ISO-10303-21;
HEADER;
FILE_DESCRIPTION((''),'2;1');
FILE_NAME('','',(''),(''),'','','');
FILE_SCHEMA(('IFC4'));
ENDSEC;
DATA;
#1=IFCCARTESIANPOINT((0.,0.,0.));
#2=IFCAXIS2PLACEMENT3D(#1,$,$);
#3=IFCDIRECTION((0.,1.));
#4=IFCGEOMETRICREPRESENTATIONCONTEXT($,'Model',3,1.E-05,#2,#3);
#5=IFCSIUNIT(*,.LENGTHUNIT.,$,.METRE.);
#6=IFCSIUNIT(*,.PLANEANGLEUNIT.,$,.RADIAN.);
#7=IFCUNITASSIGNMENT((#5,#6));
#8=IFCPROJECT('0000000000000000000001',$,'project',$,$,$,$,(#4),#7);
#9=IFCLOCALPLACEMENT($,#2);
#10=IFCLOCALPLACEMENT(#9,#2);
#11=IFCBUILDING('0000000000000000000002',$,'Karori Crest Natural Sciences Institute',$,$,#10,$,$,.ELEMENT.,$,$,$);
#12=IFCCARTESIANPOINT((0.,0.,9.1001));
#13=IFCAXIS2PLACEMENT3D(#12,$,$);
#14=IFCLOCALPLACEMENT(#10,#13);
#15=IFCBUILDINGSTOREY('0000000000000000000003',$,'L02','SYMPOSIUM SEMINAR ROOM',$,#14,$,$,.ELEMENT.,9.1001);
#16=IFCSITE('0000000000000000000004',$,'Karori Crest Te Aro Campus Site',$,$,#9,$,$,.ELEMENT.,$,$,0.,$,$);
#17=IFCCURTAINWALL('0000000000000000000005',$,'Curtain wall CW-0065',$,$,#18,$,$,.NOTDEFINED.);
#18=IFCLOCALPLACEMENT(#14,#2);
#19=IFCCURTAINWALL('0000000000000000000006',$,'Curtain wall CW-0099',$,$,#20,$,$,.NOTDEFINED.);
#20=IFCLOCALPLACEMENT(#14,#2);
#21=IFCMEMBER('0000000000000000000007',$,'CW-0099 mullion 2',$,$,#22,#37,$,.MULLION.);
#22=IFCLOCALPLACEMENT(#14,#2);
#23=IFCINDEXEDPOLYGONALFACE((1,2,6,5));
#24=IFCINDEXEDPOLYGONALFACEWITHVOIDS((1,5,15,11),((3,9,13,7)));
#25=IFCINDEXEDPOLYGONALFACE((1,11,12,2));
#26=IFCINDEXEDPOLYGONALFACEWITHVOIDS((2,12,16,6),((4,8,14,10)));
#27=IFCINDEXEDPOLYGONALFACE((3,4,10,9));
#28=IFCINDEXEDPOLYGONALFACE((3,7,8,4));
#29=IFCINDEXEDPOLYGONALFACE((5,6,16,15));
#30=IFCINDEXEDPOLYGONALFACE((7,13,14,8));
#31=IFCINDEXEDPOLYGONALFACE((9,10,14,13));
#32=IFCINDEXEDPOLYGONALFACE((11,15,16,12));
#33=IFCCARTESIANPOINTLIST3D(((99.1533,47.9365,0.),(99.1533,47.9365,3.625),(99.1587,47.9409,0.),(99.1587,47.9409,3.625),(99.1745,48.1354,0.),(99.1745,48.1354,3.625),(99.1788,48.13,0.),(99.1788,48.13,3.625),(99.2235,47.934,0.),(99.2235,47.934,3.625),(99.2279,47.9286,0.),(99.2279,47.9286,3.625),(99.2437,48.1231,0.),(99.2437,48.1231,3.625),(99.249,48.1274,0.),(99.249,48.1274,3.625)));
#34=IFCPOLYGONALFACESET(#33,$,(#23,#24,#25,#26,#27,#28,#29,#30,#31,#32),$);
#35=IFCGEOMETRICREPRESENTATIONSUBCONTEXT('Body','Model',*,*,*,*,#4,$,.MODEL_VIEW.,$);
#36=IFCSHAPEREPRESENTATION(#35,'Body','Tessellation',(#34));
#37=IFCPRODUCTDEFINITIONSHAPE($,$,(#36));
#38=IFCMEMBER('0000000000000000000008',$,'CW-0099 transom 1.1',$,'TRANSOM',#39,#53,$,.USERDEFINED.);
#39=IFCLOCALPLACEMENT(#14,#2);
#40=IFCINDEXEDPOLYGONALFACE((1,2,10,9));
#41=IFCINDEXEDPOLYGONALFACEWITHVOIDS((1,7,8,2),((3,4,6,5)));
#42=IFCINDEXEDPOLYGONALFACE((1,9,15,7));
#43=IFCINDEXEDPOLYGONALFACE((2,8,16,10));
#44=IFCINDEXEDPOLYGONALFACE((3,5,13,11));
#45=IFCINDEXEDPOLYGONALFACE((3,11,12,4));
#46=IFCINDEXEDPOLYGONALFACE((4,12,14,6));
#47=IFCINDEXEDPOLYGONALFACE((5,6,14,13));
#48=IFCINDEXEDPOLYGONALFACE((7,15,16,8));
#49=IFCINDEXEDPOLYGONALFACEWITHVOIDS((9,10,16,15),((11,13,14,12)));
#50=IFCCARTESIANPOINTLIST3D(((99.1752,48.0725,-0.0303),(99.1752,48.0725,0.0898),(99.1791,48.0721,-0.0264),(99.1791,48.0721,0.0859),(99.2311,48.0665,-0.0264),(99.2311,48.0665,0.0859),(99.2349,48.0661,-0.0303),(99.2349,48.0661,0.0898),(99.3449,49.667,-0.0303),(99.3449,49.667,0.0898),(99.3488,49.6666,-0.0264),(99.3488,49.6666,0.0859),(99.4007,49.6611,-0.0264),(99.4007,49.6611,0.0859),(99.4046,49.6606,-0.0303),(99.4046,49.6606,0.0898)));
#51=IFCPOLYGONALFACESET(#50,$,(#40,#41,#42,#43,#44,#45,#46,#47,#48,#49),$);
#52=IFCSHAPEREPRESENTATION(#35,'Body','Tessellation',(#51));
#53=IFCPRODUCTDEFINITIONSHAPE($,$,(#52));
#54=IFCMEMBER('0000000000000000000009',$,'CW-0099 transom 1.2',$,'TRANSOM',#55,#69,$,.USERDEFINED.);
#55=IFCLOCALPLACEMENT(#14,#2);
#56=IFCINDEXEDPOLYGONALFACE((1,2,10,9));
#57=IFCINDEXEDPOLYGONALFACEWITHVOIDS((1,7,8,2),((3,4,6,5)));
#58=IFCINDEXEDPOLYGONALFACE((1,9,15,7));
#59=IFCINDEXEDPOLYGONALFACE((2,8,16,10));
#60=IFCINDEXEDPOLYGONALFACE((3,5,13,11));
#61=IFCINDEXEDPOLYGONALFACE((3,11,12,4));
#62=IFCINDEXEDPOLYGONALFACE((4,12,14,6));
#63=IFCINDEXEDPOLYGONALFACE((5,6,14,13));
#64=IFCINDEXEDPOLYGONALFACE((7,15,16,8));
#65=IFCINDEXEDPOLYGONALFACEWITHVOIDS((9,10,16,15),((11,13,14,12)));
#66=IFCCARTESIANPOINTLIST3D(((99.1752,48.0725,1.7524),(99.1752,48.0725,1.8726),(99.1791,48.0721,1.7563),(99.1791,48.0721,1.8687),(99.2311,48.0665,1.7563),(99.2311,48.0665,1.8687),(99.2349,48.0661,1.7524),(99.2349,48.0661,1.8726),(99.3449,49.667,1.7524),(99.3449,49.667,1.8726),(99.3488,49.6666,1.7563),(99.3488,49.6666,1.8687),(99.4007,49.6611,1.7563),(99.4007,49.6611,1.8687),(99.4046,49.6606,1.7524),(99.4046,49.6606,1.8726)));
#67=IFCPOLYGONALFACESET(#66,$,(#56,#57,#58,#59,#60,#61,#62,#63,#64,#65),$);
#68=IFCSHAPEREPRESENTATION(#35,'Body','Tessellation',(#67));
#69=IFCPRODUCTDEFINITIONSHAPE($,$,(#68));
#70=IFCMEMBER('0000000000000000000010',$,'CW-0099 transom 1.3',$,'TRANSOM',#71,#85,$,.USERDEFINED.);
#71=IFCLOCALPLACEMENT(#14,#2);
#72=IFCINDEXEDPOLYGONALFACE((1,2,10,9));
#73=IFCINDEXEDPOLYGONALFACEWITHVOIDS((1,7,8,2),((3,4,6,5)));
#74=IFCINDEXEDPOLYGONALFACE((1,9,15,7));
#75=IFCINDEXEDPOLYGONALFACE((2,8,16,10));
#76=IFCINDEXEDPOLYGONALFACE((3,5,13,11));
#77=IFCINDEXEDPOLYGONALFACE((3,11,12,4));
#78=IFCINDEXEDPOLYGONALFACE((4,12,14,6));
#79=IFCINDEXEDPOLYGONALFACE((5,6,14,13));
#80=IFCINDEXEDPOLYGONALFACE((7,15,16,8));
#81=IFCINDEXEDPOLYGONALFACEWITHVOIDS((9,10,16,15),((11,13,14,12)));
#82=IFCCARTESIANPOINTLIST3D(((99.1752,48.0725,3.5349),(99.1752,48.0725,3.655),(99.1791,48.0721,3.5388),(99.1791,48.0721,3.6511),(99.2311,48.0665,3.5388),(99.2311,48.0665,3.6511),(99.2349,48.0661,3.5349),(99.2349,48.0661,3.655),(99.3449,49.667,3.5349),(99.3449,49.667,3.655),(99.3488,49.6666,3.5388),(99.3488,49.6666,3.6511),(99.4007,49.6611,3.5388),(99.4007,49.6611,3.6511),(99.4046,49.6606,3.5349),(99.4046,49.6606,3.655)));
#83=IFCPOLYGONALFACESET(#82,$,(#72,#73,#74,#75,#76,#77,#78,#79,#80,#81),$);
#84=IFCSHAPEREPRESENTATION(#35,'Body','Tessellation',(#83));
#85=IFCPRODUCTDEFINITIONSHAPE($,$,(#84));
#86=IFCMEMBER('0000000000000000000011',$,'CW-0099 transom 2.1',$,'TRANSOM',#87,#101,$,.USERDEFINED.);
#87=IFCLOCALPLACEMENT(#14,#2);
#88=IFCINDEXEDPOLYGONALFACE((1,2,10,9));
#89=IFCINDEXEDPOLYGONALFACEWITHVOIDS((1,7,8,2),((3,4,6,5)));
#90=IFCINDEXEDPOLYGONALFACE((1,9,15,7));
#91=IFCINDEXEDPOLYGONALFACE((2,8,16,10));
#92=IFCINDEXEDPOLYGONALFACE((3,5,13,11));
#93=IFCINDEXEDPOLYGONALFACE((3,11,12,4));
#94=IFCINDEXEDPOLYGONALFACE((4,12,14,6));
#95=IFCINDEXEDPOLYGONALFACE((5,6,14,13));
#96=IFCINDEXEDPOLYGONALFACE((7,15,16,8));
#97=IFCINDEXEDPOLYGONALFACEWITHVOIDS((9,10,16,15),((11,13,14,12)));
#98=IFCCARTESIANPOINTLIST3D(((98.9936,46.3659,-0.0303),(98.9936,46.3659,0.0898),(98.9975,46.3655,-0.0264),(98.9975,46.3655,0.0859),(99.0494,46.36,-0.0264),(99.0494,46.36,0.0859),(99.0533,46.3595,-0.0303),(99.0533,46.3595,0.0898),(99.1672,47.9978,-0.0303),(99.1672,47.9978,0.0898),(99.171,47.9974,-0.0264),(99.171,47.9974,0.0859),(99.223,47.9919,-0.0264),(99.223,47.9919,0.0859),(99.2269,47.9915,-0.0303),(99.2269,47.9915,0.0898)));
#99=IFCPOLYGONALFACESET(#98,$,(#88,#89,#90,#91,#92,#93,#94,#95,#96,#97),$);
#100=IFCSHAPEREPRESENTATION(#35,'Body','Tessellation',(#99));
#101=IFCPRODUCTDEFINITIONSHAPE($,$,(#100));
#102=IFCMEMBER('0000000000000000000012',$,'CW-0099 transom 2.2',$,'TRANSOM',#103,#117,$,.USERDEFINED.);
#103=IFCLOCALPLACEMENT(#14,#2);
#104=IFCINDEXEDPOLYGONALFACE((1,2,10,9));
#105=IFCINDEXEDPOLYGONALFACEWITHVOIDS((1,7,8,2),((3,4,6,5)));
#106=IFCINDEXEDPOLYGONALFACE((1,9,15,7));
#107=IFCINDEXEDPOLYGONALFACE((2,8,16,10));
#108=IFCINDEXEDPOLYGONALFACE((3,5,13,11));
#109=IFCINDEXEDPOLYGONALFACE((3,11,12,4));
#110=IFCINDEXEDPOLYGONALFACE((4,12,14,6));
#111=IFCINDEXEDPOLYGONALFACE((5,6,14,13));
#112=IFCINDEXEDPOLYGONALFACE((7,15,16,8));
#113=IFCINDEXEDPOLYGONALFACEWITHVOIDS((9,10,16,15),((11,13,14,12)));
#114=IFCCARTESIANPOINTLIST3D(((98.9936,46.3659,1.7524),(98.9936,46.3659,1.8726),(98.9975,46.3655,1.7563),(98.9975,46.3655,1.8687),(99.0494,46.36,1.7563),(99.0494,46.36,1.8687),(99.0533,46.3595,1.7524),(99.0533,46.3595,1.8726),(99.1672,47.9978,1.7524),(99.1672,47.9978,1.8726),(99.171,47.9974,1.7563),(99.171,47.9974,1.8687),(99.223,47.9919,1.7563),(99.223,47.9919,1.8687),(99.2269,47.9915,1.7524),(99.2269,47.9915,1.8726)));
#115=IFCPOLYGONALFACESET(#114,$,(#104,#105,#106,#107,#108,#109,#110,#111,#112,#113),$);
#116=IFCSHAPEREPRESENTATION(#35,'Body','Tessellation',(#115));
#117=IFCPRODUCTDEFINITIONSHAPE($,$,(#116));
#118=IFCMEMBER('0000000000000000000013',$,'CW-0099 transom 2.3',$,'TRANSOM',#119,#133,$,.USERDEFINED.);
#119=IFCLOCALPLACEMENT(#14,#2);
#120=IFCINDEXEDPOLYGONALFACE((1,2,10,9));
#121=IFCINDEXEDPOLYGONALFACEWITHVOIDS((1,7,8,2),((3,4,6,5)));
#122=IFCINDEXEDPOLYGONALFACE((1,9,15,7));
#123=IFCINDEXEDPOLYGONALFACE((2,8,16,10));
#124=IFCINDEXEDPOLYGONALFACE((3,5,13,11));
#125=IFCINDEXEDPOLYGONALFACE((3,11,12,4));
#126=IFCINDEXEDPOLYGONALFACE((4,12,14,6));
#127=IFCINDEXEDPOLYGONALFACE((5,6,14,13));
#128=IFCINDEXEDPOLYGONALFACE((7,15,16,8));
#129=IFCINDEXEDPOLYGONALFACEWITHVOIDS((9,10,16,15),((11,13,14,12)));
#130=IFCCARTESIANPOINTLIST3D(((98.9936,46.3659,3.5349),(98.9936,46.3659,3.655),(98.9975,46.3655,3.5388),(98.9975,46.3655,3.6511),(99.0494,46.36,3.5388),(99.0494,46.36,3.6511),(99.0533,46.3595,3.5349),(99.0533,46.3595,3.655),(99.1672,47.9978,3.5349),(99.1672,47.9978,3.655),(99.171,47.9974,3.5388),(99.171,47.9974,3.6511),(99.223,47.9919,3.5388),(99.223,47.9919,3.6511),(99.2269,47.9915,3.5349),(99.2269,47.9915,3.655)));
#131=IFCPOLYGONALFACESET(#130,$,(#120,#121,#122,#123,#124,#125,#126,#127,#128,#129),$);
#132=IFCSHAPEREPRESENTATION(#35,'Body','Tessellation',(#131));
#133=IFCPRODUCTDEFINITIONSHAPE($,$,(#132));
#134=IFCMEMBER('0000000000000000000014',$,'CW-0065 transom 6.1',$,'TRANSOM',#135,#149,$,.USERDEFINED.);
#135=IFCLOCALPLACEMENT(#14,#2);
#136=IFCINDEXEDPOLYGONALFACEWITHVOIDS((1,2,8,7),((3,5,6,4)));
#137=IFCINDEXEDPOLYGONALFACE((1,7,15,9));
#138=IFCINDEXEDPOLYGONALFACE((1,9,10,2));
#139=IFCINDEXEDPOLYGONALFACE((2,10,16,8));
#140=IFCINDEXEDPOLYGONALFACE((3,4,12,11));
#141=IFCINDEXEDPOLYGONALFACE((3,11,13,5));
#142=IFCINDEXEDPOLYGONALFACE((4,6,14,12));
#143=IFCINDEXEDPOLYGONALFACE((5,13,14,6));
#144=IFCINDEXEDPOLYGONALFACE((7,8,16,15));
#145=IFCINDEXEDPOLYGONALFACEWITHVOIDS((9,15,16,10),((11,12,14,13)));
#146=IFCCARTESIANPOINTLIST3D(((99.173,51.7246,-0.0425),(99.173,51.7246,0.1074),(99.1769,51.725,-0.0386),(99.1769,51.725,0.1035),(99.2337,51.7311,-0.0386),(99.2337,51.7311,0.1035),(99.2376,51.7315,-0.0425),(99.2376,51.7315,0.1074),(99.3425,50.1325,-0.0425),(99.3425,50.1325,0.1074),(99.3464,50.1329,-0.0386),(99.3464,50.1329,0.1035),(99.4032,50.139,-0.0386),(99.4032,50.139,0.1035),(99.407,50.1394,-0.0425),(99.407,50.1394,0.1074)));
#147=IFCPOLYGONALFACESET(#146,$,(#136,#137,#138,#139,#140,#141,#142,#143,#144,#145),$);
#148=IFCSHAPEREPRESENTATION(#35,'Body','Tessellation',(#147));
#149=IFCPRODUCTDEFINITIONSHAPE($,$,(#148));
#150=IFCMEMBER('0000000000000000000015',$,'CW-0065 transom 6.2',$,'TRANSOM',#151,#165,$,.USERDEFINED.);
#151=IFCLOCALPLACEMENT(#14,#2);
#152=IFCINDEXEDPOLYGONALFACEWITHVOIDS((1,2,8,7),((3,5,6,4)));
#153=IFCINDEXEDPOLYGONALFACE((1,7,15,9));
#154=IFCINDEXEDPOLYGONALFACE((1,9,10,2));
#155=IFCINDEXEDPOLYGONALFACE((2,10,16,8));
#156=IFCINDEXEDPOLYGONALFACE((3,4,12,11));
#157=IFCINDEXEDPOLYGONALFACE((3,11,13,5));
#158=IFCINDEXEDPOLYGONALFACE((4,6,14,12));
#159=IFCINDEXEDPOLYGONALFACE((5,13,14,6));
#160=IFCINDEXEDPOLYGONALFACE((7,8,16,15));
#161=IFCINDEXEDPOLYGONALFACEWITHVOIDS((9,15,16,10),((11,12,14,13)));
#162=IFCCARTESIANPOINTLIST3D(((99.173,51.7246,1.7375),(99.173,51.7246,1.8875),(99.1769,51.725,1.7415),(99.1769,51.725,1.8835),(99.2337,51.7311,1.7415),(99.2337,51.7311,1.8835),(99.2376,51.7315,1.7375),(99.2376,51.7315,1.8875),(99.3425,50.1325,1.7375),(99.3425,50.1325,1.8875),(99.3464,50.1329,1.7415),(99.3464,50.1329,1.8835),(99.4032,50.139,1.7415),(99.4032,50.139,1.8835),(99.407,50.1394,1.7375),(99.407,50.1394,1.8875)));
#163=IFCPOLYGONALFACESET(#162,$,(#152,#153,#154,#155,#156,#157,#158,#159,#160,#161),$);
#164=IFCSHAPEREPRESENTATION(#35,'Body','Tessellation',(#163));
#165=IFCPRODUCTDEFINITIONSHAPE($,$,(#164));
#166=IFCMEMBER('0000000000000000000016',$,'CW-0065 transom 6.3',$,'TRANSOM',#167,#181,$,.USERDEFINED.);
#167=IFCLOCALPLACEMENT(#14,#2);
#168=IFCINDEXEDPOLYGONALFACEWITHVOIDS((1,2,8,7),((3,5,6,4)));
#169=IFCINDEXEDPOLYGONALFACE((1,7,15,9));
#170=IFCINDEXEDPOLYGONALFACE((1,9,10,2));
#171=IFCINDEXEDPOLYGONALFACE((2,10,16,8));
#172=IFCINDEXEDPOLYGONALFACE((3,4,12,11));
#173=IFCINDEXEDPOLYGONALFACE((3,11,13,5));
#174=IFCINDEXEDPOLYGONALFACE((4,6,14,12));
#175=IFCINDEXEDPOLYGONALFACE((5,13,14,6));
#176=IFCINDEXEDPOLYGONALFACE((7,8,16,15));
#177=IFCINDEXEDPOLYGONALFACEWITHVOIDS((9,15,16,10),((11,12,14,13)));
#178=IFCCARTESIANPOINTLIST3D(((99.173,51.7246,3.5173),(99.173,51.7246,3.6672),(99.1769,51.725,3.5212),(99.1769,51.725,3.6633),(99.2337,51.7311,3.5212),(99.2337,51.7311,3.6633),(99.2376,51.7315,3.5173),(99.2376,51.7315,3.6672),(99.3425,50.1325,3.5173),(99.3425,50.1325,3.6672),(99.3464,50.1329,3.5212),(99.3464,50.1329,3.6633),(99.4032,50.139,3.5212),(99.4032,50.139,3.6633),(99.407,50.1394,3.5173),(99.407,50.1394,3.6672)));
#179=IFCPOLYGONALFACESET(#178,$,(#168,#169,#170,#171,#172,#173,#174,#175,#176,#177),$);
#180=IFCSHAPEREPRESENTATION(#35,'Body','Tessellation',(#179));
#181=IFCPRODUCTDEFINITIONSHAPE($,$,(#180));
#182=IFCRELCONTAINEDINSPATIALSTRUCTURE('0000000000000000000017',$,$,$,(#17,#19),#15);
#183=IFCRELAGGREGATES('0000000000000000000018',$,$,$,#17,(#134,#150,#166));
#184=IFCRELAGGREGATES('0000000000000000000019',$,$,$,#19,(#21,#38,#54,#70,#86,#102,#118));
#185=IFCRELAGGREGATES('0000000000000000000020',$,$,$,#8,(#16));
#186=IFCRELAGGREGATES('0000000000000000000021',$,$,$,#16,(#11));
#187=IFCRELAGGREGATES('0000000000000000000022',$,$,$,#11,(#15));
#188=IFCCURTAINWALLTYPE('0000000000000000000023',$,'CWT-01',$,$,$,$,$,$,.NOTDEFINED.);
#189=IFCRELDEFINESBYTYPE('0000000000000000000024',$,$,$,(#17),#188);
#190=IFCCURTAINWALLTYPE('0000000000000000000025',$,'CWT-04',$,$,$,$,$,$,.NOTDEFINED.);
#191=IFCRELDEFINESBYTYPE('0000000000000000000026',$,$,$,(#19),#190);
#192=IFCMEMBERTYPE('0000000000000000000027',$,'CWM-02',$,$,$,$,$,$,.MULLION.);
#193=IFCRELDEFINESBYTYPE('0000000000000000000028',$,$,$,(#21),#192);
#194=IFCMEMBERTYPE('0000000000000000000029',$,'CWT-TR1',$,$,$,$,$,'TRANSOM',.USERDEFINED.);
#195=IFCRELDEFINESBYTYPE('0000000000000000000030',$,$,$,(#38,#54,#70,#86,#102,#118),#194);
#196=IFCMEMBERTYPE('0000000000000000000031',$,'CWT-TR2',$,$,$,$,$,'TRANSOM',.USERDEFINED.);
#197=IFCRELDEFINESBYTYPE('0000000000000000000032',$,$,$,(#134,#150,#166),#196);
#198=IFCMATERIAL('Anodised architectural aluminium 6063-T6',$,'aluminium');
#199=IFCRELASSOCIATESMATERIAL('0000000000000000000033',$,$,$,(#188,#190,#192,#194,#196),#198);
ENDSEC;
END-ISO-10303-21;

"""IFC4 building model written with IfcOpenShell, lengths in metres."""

from ifc_helpers import new_model, si_unit, direction, frame, origin, origin_2d, place, context, subcontext, project, spatial, hollow_rectangle, extrude, material, material_profile, profile_set, type_object, element, aggregate, save


model = new_model("IFC4")

# Units and contexts
model_context = context("Model", 3, precision=1e-05, world=origin(), true_north=direction((0.0, 1.0)))
body_context = subcontext(model_context, "Body", "Model", "MODEL_VIEW")
ifc_project = project(units=[si_unit("LENGTHUNIT", "METRE"), si_unit("PLANEANGLEUNIT", "RADIAN")], contexts=[model_context])

# Site, building, storey
site_placement = place(None, origin())
site = spatial("IfcSite", under=ifc_project, at=site_placement, Name="Karori Crest Te Aro Campus Site", CompositionType="ELEMENT", RefElevation=0.0)
building_placement = place(site_placement, origin())
building = spatial("IfcBuilding", under=site, at=building_placement, Name="Karori Crest Natural Sciences Institute", CompositionType="ELEMENT")
storey_placement = place(building_placement, frame((0.0, 0.0, 9.1001)))
storey = spatial("IfcBuildingStorey", under=building, at=storey_placement, Name="L02", Description="SYMPOSIUM SEMINAR ROOM", CompositionType="ELEMENT", Elevation=9.1001)

# Curtain walls, members
ifc_material_1 = material(Name="Anodised architectural aluminium 6063-T6", Category="aluminium")
curtain_wall_type_1 = type_object("IfcCurtainWallType", Name="CWT-01", PredefinedType="NOTDEFINED", material=ifc_material_1)
curtain_wall_1_placement = place(storey_placement, origin())
curtain_wall_1 = element("IfcCurtainWall", 1, at=curtain_wall_1_placement, inside=storey, type_object=curtain_wall_type_1, Name="Curtain wall CW-0065", PredefinedType="NOTDEFINED")
ifc_material_profile_1 = material_profile(ifc_material_1, hollow_rectangle(XDim=0.075, YDim=0.2, WallThickness=0.0049, at=origin_2d()), Name="CWM200x75x5")
ifc_profile_set_1 = profile_set([ifc_material_profile_1], Name="Anodised architectural aluminium 6063-T6")
member_type_1 = type_object("IfcMemberType", Name="CWM-02", PredefinedType="MULLION", material=ifc_profile_set_1)
curtain_wall_type_2 = type_object("IfcCurtainWallType", Name="CWT-04", PredefinedType="NOTDEFINED", material=ifc_material_1)
curtain_wall_2_placement = place(storey_placement, origin())
curtain_wall_2 = element("IfcCurtainWall", 2, at=curtain_wall_2_placement, inside=storey, type_object=curtain_wall_type_2, Name="Curtain wall CW-0099", PredefinedType="NOTDEFINED")
member_1_placement = place(storey_placement, frame((99.2012, 48.032, 0.0), z_axis=(0.0, 0.0, 1.0), x_axis=(0.994378, -0.105884, 0.0)))
member_1 = element("IfcMember", 3, at=member_1_placement, type_object=member_type_1, Name="CW-0099 mullion 2", PredefinedType="MULLION", context=body_context, shape_type="SweptSolid", body=[
    extrude(hollow_rectangle(XDim=0.075, YDim=0.2, WallThickness=0.0049, at=origin_2d()), origin(), (0.0, 0.0, 1.0), 3.625),
])
ifc_material_profile_2 = material_profile(ifc_material_1, hollow_rectangle(XDim=0.0601, YDim=0.1201, WallThickness=0.0039, at=origin_2d()), Name="CWT120x60x4")
ifc_profile_set_2 = profile_set([ifc_material_profile_2], Name="Anodised architectural aluminium 6063-T6")
member_type_2 = type_object("IfcMemberType", Name="CWT-TR1", ElementType="TRANSOM", PredefinedType="USERDEFINED", material=ifc_profile_set_2)
member_2_placement = place(storey_placement, frame((99.3748, 49.6638, 0.0298), z_axis=(-0.105818, -0.994386, 0.0), x_axis=(0.994386, -0.105818, 0.0)))
member_2 = element("IfcMember", 4, at=member_2_placement, type_object=member_type_2, Name="CW-0099 transom 1.1", ObjectType="TRANSOM", PredefinedType="USERDEFINED", context=body_context, shape_type="SweptSolid", body=[
    extrude(hollow_rectangle(XDim=0.0601, YDim=0.1201, WallThickness=0.0039, at=origin_2d()), origin(), (0.0, 0.0, 1.0), 1.6035),
])
member_3_placement = place(storey_placement, frame((99.3748, 49.6638, 1.8125), z_axis=(-0.105818, -0.994386, 0.0), x_axis=(0.994386, -0.105818, 0.0)))
member_3 = element("IfcMember", 5, at=member_3_placement, type_object=member_type_2, Name="CW-0099 transom 1.2", ObjectType="TRANSOM", PredefinedType="USERDEFINED", context=body_context, shape_type="SweptSolid", body=[
    extrude(hollow_rectangle(XDim=0.0601, YDim=0.1201, WallThickness=0.0039, at=origin_2d()), origin(), (0.0, 0.0, 1.0), 1.6035),
])
member_4_placement = place(storey_placement, frame((99.3748, 49.6638, 3.595), z_axis=(-0.105818, -0.994386, 0.0), x_axis=(0.994386, -0.105818, 0.0)))
member_4 = element("IfcMember", 6, at=member_4_placement, type_object=member_type_2, Name="CW-0099 transom 1.3", ObjectType="TRANSOM", PredefinedType="USERDEFINED", context=body_context, shape_type="SweptSolid", body=[
    extrude(hollow_rectangle(XDim=0.0601, YDim=0.1201, WallThickness=0.0039, at=origin_2d()), origin(), (0.0, 0.0, 1.0), 1.6035),
])
member_5_placement = place(storey_placement, frame((99.197, 47.9946, 0.0298), z_axis=(-0.105777, -0.99439, 0.0), x_axis=(0.99439, -0.105777, 0.0)))
member_5 = element("IfcMember", 7, at=member_5_placement, type_object=member_type_2, Name="CW-0099 transom 2.1", ObjectType="TRANSOM", PredefinedType="USERDEFINED", context=body_context, shape_type="SweptSolid", body=[
    extrude(hollow_rectangle(XDim=0.0601, YDim=0.1201, WallThickness=0.0039, at=origin_2d()), origin(), (0.0, 0.0, 1.0), 1.6411),
])
member_6_placement = place(storey_placement, frame((99.197, 47.9946, 1.8125), z_axis=(-0.105777, -0.99439, 0.0), x_axis=(0.99439, -0.105777, 0.0)))
member_6 = element("IfcMember", 8, at=member_6_placement, type_object=member_type_2, Name="CW-0099 transom 2.2", ObjectType="TRANSOM", PredefinedType="USERDEFINED", context=body_context, shape_type="SweptSolid", body=[
    extrude(hollow_rectangle(XDim=0.0601, YDim=0.1201, WallThickness=0.0039, at=origin_2d()), origin(), (0.0, 0.0, 1.0), 1.6411),
])
member_7_placement = place(storey_placement, frame((99.197, 47.9946, 3.595), z_axis=(-0.105777, -0.99439, 0.0), x_axis=(0.99439, -0.105777, 0.0)))
member_7 = element("IfcMember", 9, at=member_7_placement, type_object=member_type_2, Name="CW-0099 transom 2.3", ObjectType="TRANSOM", PredefinedType="USERDEFINED", context=body_context, shape_type="SweptSolid", body=[
    extrude(hollow_rectangle(XDim=0.0601, YDim=0.1201, WallThickness=0.0039, at=origin_2d()), origin(), (0.0, 0.0, 1.0), 1.6411),
])

# Members
ifc_material_profile_3 = material_profile(ifc_material_1, hollow_rectangle(XDim=0.0649, YDim=0.1499, WallThickness=0.0039, at=origin_2d()), Name="CWT150x65x4")
ifc_profile_set_3 = profile_set([ifc_material_profile_3], Name="Anodised architectural aluminium 6063-T6")
member_type_3 = type_object("IfcMemberType", Name="CWT-TR2", ElementType="TRANSOM", PredefinedType="USERDEFINED", material=ifc_profile_set_3)
member_8_placement = place(storey_placement, frame((99.2053, 51.728, 0.0325), z_axis=(0.105828, -0.994384, 0.0), x_axis=(0.994384, 0.105828, 0.0)))
member_8 = element("IfcMember", 10, at=member_8_placement, type_object=member_type_3, Name="CW-0065 transom 6.1", ObjectType="TRANSOM", PredefinedType="USERDEFINED", context=body_context, shape_type="SweptSolid", body=[
    extrude(hollow_rectangle(XDim=0.0649, YDim=0.1499, WallThickness=0.0039, at=origin_2d()), origin(), (0.0, 0.0, 1.0), 1.6011),
])
member_9_placement = place(storey_placement, frame((99.2053, 51.728, 1.8125), z_axis=(0.105828, -0.994384, 0.0), x_axis=(0.994384, 0.105828, 0.0)))
member_9 = element("IfcMember", 11, at=member_9_placement, type_object=member_type_3, Name="CW-0065 transom 6.2", ObjectType="TRANSOM", PredefinedType="USERDEFINED", context=body_context, shape_type="SweptSolid", body=[
    extrude(hollow_rectangle(XDim=0.0649, YDim=0.1499, WallThickness=0.0039, at=origin_2d()), origin(), (0.0, 0.0, 1.0), 1.6011),
])
member_10_placement = place(storey_placement, frame((99.2053, 51.728, 3.5923), z_axis=(0.105828, -0.994384, 0.0), x_axis=(0.994384, 0.105828, 0.0)))
member_10 = element("IfcMember", 12, at=member_10_placement, type_object=member_type_3, Name="CW-0065 transom 6.3", ObjectType="TRANSOM", PredefinedType="USERDEFINED", context=body_context, shape_type="SweptSolid", body=[
    extrude(hollow_rectangle(XDim=0.0649, YDim=0.1499, WallThickness=0.0039, at=origin_2d()), origin(), (0.0, 0.0, 1.0), 1.6011),
])

aggregate(curtain_wall_1, [member_8, member_9, member_10])
aggregate(curtain_wall_2, [member_1, member_2, member_3, member_4, member_5, member_6, member_7])

save(model, "model.ifc")
